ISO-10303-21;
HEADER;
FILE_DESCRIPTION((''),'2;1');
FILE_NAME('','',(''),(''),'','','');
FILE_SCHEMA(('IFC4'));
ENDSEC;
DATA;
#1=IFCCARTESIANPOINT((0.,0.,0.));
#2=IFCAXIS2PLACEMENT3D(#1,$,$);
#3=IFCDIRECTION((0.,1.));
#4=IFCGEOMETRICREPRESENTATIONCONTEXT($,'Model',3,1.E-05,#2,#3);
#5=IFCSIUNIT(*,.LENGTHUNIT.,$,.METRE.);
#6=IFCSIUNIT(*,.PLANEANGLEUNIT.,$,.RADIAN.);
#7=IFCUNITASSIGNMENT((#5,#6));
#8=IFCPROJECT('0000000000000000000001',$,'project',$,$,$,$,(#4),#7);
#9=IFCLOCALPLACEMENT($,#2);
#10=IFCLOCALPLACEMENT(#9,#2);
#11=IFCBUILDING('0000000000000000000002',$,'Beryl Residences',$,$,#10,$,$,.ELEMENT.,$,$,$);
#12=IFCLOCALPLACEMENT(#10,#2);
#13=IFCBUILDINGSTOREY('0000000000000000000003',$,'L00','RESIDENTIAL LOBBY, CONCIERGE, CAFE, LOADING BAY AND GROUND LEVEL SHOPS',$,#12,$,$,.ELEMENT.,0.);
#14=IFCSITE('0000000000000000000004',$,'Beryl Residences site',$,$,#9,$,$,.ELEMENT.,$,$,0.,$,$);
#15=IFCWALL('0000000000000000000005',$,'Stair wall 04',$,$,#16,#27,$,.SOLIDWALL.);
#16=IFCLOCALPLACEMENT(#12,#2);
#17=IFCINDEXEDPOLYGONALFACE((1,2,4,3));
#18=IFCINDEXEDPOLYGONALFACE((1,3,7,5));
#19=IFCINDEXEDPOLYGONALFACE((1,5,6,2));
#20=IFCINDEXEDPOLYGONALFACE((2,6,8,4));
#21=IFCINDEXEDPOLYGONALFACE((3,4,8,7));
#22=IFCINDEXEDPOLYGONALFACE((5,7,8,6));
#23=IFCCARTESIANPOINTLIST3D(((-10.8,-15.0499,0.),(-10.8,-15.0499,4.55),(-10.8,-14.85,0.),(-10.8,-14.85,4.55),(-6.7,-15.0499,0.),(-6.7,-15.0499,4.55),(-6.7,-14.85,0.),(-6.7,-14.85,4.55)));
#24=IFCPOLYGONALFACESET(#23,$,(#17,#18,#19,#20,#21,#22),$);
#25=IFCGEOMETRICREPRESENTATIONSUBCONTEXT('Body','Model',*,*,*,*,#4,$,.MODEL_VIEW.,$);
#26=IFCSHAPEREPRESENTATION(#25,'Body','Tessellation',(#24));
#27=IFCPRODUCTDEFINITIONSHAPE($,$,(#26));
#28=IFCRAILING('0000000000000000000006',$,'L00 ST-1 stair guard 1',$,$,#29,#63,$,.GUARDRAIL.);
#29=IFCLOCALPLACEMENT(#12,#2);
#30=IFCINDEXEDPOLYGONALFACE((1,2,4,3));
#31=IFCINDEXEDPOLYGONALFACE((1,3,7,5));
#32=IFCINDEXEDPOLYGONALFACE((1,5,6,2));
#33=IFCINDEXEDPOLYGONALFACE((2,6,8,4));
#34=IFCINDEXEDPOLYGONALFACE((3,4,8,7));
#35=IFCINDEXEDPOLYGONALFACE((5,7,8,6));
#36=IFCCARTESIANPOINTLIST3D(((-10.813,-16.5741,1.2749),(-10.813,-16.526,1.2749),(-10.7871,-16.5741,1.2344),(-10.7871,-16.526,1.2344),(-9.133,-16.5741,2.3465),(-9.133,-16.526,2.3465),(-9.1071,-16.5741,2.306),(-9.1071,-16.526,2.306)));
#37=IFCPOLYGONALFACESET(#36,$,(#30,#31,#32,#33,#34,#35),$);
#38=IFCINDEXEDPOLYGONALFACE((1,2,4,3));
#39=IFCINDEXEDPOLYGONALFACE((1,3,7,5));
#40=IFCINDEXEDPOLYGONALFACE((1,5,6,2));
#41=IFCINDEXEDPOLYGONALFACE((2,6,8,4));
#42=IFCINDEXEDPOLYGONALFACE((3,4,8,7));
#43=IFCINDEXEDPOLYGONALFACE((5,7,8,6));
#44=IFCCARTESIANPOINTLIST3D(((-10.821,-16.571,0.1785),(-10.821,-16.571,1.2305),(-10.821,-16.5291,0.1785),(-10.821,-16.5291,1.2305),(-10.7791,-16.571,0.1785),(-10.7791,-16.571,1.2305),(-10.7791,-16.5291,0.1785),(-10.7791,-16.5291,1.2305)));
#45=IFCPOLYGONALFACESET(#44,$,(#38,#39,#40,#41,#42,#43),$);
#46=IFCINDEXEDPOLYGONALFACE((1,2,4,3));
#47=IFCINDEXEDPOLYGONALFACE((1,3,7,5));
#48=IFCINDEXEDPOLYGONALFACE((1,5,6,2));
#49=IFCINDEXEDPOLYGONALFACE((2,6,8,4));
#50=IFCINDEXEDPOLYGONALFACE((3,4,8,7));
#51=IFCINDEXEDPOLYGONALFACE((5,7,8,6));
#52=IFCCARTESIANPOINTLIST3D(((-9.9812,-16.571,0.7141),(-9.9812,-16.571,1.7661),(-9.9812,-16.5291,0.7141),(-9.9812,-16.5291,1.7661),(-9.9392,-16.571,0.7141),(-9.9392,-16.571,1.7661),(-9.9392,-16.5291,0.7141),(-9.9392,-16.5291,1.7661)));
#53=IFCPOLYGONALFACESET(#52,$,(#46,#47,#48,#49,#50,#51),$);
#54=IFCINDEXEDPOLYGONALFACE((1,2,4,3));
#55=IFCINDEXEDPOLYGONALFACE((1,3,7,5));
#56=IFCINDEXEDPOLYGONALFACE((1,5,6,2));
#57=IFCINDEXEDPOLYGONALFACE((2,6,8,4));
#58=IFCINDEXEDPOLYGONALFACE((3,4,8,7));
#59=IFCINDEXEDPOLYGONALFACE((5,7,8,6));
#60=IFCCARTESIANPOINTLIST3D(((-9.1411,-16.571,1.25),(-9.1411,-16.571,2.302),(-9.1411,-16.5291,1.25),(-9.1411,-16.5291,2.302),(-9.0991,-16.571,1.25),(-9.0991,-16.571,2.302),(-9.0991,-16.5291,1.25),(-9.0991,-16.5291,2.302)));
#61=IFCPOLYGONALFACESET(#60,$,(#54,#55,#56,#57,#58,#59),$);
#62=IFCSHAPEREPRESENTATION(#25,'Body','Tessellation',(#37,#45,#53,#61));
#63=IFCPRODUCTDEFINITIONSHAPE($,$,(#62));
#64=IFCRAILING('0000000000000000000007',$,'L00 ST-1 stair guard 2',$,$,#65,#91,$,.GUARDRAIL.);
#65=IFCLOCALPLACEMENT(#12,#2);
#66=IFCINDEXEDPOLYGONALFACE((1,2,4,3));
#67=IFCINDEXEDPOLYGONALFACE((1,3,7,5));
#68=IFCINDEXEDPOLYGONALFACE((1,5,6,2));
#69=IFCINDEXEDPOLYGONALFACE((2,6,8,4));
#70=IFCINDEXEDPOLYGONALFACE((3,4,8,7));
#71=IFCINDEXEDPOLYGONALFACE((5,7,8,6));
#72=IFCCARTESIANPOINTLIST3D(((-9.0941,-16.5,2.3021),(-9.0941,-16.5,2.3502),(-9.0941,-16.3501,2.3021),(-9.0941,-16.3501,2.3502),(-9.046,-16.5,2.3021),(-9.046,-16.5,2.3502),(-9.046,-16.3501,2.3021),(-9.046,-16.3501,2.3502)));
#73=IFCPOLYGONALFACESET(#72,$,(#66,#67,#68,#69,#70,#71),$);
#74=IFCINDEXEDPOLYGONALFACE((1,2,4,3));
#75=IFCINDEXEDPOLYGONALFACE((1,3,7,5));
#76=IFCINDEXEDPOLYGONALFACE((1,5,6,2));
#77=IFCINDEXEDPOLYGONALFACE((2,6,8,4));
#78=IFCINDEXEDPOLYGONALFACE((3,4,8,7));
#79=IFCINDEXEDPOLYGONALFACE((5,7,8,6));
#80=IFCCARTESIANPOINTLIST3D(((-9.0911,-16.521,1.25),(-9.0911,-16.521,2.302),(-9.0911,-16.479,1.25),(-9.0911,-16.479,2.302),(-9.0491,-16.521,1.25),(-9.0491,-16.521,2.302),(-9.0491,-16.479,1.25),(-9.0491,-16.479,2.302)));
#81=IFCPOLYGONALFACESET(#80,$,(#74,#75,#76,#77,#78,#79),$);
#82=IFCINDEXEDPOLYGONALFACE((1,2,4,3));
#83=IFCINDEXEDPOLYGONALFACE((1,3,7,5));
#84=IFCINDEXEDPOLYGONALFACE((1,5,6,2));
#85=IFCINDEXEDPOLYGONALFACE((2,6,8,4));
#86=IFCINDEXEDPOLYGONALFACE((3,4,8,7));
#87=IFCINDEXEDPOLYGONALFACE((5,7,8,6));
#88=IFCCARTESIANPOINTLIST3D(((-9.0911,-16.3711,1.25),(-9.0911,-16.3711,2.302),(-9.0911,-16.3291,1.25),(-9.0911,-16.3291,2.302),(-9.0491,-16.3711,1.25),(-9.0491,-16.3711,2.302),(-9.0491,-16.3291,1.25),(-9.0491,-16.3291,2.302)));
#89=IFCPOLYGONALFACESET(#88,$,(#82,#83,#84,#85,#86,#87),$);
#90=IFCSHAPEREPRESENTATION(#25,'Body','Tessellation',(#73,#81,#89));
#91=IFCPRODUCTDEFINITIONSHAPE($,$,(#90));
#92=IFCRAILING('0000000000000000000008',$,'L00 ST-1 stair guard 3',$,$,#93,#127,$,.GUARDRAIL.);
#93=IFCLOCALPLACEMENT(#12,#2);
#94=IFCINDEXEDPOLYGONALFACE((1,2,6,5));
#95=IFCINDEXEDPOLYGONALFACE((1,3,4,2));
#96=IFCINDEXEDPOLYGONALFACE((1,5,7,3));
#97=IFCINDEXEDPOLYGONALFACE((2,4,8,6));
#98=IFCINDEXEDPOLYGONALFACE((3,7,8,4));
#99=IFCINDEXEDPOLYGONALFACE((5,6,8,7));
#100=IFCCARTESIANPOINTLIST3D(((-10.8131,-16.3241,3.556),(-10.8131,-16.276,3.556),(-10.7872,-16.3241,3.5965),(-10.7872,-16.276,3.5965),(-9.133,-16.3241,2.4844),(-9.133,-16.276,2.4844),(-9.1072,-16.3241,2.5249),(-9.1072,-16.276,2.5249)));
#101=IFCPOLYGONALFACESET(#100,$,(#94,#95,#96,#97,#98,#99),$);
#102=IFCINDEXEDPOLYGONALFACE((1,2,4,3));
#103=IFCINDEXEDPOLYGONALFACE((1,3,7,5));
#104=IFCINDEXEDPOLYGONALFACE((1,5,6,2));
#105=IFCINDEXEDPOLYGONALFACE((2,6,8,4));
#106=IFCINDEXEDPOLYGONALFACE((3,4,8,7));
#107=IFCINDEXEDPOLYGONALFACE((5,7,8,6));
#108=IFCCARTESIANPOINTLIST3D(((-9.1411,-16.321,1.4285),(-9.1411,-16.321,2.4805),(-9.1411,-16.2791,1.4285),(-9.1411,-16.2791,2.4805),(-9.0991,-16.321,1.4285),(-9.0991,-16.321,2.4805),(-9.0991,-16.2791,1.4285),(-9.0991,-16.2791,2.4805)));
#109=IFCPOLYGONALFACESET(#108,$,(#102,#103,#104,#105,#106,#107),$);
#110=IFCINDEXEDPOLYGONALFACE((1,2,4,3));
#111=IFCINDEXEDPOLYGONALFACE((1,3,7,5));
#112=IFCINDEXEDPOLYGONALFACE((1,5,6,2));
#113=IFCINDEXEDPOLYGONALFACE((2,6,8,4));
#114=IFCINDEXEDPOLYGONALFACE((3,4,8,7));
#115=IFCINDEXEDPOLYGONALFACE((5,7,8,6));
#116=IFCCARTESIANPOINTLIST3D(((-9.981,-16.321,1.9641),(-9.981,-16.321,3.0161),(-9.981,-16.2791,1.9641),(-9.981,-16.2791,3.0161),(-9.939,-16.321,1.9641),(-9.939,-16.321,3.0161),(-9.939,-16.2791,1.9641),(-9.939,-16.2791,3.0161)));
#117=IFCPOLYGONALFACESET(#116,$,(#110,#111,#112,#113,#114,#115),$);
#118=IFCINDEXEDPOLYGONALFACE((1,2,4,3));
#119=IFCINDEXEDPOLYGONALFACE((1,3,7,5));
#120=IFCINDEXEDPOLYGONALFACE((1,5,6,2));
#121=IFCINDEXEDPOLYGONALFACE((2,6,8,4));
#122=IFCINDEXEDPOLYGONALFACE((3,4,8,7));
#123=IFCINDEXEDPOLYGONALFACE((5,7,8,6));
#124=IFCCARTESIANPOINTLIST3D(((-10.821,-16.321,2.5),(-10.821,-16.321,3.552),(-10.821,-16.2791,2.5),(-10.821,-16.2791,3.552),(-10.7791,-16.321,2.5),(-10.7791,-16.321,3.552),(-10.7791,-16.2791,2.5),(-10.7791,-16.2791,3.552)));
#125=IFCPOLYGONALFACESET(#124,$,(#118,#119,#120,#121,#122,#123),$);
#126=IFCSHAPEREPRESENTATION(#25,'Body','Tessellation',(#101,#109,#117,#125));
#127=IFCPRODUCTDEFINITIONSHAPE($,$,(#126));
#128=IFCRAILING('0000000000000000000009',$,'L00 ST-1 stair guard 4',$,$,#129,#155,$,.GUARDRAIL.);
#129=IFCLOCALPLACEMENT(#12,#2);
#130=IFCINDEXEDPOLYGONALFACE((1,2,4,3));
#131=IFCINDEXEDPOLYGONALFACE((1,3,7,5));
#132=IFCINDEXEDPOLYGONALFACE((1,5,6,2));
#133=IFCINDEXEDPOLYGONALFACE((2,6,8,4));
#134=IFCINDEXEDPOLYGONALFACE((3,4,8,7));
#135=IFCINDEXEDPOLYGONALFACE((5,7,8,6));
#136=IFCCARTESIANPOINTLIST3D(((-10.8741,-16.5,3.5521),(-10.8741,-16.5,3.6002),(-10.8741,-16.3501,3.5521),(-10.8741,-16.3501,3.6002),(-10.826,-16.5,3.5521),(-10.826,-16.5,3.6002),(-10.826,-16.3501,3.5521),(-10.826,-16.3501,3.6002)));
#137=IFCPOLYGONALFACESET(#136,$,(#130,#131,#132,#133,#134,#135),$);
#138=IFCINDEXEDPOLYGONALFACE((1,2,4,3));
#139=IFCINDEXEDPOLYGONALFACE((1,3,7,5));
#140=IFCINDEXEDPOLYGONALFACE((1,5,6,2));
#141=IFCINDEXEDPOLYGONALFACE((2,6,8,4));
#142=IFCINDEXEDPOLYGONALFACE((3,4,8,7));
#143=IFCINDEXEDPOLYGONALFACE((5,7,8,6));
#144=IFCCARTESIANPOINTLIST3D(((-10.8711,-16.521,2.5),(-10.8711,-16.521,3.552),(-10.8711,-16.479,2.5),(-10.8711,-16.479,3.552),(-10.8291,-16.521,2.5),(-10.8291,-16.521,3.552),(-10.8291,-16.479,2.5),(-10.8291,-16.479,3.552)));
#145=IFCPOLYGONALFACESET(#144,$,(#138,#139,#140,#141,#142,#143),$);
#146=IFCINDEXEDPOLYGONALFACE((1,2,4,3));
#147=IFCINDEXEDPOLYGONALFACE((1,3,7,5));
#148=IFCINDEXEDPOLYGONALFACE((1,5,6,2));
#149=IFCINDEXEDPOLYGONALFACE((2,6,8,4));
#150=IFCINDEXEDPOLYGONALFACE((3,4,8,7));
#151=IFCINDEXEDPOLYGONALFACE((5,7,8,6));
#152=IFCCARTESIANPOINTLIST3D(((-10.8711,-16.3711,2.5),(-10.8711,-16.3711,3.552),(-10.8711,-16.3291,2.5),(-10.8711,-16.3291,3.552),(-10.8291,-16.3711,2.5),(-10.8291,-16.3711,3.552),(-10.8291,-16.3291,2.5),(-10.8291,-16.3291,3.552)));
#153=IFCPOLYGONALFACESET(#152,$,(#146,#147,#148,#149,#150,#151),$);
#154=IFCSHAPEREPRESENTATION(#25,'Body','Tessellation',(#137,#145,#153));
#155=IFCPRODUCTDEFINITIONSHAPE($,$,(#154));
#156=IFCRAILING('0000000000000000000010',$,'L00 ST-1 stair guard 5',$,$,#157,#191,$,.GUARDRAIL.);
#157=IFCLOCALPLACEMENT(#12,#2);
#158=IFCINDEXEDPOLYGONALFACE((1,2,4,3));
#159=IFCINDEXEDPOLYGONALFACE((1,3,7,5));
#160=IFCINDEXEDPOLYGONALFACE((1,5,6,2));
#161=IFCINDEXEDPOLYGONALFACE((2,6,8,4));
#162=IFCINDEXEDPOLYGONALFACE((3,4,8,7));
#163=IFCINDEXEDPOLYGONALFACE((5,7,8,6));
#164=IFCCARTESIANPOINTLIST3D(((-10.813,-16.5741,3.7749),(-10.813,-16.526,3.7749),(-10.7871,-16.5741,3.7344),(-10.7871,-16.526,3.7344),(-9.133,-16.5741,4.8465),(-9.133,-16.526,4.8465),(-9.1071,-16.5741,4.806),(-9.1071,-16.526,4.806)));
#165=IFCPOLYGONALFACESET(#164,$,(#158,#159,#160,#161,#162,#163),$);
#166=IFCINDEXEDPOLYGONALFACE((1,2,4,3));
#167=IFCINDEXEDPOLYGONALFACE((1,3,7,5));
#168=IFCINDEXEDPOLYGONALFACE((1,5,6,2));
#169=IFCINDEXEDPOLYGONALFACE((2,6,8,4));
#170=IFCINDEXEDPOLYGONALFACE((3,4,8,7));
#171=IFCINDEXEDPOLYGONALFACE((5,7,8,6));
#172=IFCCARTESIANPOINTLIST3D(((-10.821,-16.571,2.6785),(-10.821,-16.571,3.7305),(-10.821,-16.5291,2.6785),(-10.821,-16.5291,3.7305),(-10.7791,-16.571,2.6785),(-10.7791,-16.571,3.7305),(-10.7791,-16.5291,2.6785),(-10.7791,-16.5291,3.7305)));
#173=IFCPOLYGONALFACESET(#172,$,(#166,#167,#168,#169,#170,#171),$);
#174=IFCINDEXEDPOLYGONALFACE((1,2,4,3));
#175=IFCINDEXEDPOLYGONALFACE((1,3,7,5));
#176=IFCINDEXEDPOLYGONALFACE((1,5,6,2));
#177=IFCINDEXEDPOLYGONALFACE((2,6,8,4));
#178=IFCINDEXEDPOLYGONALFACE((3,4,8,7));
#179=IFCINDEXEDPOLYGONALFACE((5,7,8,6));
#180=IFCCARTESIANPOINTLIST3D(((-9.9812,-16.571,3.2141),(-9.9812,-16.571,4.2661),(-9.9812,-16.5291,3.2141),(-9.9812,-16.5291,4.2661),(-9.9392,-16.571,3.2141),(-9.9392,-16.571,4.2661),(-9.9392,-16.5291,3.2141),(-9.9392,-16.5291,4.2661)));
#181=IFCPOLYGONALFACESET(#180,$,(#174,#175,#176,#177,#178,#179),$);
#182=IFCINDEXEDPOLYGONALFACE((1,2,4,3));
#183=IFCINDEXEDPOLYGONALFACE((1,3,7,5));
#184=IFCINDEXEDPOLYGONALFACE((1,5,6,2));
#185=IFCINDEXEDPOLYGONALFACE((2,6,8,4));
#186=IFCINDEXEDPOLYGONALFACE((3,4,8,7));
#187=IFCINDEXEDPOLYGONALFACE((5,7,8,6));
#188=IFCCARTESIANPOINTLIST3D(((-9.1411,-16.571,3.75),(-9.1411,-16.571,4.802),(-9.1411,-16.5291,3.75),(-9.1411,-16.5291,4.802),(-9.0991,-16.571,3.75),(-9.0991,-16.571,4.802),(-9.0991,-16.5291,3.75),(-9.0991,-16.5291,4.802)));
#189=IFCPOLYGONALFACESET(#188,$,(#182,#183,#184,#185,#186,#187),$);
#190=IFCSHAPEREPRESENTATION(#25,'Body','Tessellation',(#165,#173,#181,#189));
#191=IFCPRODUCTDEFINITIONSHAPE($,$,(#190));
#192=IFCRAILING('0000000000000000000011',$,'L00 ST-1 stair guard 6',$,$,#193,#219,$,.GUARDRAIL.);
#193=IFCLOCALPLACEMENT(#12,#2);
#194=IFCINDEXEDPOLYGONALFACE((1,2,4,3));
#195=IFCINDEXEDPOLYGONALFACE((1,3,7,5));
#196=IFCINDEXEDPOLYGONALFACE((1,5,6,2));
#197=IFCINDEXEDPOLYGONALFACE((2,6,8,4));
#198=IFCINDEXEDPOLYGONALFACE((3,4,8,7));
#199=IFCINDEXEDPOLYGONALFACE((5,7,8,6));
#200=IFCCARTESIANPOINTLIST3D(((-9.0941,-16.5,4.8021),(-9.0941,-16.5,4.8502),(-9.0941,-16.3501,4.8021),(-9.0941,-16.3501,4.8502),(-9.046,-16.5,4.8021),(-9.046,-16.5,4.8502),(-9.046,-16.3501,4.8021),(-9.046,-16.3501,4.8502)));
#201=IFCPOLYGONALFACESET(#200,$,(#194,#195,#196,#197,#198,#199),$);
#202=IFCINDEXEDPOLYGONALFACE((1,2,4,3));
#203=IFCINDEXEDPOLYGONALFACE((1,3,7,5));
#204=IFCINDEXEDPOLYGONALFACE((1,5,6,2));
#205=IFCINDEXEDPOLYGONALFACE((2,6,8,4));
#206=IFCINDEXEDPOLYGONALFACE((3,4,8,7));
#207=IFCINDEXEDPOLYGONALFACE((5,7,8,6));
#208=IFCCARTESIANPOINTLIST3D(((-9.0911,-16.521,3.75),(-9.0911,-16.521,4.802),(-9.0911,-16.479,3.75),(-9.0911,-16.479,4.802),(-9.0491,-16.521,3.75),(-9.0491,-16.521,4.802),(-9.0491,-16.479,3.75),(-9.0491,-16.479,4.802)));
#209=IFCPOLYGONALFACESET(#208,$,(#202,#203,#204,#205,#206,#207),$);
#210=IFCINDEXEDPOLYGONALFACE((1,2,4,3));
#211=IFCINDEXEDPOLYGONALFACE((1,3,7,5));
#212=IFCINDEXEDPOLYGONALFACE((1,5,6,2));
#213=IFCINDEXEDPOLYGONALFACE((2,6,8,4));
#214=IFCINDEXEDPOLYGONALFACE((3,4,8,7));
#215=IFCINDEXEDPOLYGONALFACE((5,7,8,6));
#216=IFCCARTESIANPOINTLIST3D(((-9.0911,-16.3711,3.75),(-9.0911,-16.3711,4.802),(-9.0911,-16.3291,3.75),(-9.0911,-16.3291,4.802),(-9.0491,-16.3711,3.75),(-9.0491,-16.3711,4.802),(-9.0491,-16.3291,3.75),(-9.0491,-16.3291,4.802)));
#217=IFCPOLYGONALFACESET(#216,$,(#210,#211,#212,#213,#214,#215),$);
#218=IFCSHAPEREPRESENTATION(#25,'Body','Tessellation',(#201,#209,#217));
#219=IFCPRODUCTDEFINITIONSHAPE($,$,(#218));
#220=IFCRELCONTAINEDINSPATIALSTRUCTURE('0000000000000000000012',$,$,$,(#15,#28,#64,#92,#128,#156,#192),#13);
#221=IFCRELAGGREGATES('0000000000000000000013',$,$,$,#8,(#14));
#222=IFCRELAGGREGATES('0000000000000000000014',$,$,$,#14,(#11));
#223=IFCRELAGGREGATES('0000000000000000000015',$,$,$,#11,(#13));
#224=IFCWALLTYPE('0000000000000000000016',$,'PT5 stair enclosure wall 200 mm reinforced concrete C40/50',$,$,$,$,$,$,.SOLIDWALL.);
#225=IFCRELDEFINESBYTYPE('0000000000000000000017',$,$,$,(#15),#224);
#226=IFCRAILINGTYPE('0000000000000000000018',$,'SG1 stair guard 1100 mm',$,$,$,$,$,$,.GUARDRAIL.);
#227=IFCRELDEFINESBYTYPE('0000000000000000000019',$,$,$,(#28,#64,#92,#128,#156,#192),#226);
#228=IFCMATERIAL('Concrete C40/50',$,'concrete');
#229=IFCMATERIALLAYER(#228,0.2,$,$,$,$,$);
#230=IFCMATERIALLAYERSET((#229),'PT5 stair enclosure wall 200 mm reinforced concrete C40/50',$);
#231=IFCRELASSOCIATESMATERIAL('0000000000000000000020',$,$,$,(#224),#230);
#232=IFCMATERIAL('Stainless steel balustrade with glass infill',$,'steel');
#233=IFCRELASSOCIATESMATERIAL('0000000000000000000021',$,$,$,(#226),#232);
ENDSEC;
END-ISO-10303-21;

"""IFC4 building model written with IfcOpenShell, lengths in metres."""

from ifc_helpers import new_model, si_unit, direction, frame, frame_2d, origin, origin_2d, place, context, subcontext, project, spatial, rectangle, extrude, material, layer, layer_set, type_object, element, save


model = new_model("IFC4")

# Units and contexts
model_context = context("Model", 3, precision=1e-05, world=origin(), true_north=direction((0.0, 1.0)))
body_context = subcontext(model_context, "Body", "Model", "MODEL_VIEW")
ifc_project = project(units=[si_unit("LENGTHUNIT", "METRE"), si_unit("PLANEANGLEUNIT", "RADIAN")], contexts=[model_context])

# Site, building, storey
site_placement = place(None, origin())
site = spatial("IfcSite", under=ifc_project, at=site_placement, Name="Beryl Residences site", CompositionType="ELEMENT", RefElevation=0.0)
building_placement = place(site_placement, origin())
building = spatial("IfcBuilding", under=site, at=building_placement, Name="Beryl Residences", CompositionType="ELEMENT")
storey_placement = place(building_placement, origin())
storey = spatial("IfcBuildingStorey", under=building, at=storey_placement, Name="L00", Description="RESIDENTIAL LOBBY, CONCIERGE, CAFE, LOADING BAY AND GROUND LEVEL SHOPS", CompositionType="ELEMENT", Elevation=0.0)

# Wall
ifc_material_1 = material(Name="Concrete C40/50", Category="concrete")
ifc_layer = layer(ifc_material_1, 0.2)
ifc_layer_set = layer_set([ifc_layer], Name="PT5 stair enclosure wall 200 mm reinforced concrete C40/50")
wall_type = type_object("IfcWallType", Name="PT5 stair enclosure wall 200 mm reinforced concrete C40/50", PredefinedType="SOLIDWALL", material=ifc_layer_set)
wall_placement = place(storey_placement, frame((-10.8, -14.95, 0.0), z_axis=(0.0, 0.0, 1.0), x_axis=(1.0, 0.0, 0.0)))
element("IfcWall", 1, at=wall_placement, inside=storey, type_object=wall_type, Name="Stair wall 04", PredefinedType="SOLIDWALL", context=body_context, shape_type="SweptSolid", body=[
    extrude(rectangle(XDim=4.1001, YDim=0.2, at=frame_2d((2.05, 0.0))), origin(), (0.0, 0.0, 1.0), 4.55),
])

# Railings
ifc_material_2 = material(Name="Stainless steel balustrade with glass infill", Category="steel")
railing_type_1 = type_object("IfcRailingType", Name="SG1 stair guard 1100 mm", PredefinedType="GUARDRAIL", material=ifc_material_2)
railing_1_placement = place(storey_placement, frame((-10.8, -16.55, 0.1785)))
element("IfcRailing", 2, at=railing_1_placement, inside=storey, type_object=railing_type_1, Name="L00 ST-1 stair guard 1", PredefinedType="GUARDRAIL", context=body_context, shape_type="SweptSolid", body=[
    extrude(rectangle(XDim=0.0481, YDim=0.0481, at=origin_2d()), frame((0.0, 0.0, 1.0762), z_axis=(0.843096, 0.0, 0.537763), x_axis=(0.0, 1.0, 0.0)), (0.0, 0.0, 1.0), 1.9927),
    extrude(rectangle(XDim=0.042, YDim=0.042, at=origin_2d()), origin(), (0.0, 0.0, 1.0), 1.052),
    extrude(rectangle(XDim=0.042, YDim=0.042, at=origin_2d()), frame((0.8398, 0.0, 0.5356)), (0.0, 0.0, 1.0), 1.052),
    extrude(rectangle(XDim=0.042, YDim=0.042, at=origin_2d()), frame((1.6799, 0.0, 1.0715)), (0.0, 0.0, 1.0), 1.052),
])
railing_2_placement = place(storey_placement, frame((-9.0701, -16.5, 1.25)))
element("IfcRailing", 3, at=railing_2_placement, inside=storey, type_object=railing_type_1, Name="L00 ST-1 stair guard 2", PredefinedType="GUARDRAIL", context=body_context, shape_type="SweptSolid", body=[
    extrude(rectangle(XDim=0.0481, YDim=0.0481, at=origin_2d()), frame((0.0, 0.0, 1.0762), z_axis=(0.0, 1.0, 0.0), x_axis=(-1.0, 0.0, 0.0)), (0.0, 0.0, 1.0), 0.1499),
    extrude(rectangle(XDim=0.042, YDim=0.042, at=origin_2d()), origin(), (0.0, 0.0, 1.0), 1.052),
    extrude(rectangle(XDim=0.042, YDim=0.042, at=origin_2d()), frame((0.0, 0.1499, 0.0)), (0.0, 0.0, 1.0), 1.052),
])
railing_3_placement = place(storey_placement, frame((-9.1201, -16.3, 1.4285)))
element("IfcRailing", 4, at=railing_3_placement, inside=storey, type_object=railing_type_1, Name="L00 ST-1 stair guard 3", PredefinedType="GUARDRAIL", context=body_context, shape_type="SweptSolid", body=[
    extrude(rectangle(XDim=0.0481, YDim=0.0481, at=origin_2d()), frame((0.0, 0.0, 1.0762), z_axis=(-0.843096, 0.0, 0.537763), x_axis=(0.0, -1.0, 0.0)), (0.0, 0.0, 1.0), 1.9927),
    extrude(rectangle(XDim=0.042, YDim=0.042, at=origin_2d()), origin(), (0.0, 0.0, 1.0), 1.052),
    extrude(rectangle(XDim=0.042, YDim=0.042, at=origin_2d()), frame((-0.8398, 0.0, 0.5356)), (0.0, 0.0, 1.0), 1.052),
    extrude(rectangle(XDim=0.042, YDim=0.042, at=origin_2d()), frame((-1.6799, 0.0, 1.0715)), (0.0, 0.0, 1.0), 1.052),
])
railing_4_placement = place(storey_placement, frame((-10.8501, -16.5, 2.5)))
element("IfcRailing", 5, at=railing_4_placement, inside=storey, type_object=railing_type_1, Name="L00 ST-1 stair guard 4", PredefinedType="GUARDRAIL", context=body_context, shape_type="SweptSolid", body=[
    extrude(rectangle(XDim=0.0481, YDim=0.0481, at=origin_2d()), frame((0.0, 0.0, 1.0762), z_axis=(0.0, 1.0, 0.0), x_axis=(-1.0, 0.0, 0.0)), (0.0, 0.0, 1.0), 0.1499),
    extrude(rectangle(XDim=0.042, YDim=0.042, at=origin_2d()), origin(), (0.0, 0.0, 1.0), 1.052),
    extrude(rectangle(XDim=0.042, YDim=0.042, at=origin_2d()), frame((0.0, 0.1499, 0.0)), (0.0, 0.0, 1.0), 1.052),
])
railing_5_placement = place(storey_placement, frame((-10.8, -16.55, 2.6785)))
element("IfcRailing", 6, at=railing_5_placement, inside=storey, type_object=railing_type_1, Name="L00 ST-1 stair guard 5", PredefinedType="GUARDRAIL", context=body_context, shape_type="SweptSolid", body=[
    extrude(rectangle(XDim=0.0481, YDim=0.0481, at=origin_2d()), frame((0.0, 0.0, 1.0762), z_axis=(0.843096, 0.0, 0.537763), x_axis=(0.0, 1.0, 0.0)), (0.0, 0.0, 1.0), 1.9927),
    extrude(rectangle(XDim=0.042, YDim=0.042, at=origin_2d()), origin(), (0.0, 0.0, 1.0), 1.052),
    extrude(rectangle(XDim=0.042, YDim=0.042, at=origin_2d()), frame((0.8398, 0.0, 0.5356)), (0.0, 0.0, 1.0), 1.052),
    extrude(rectangle(XDim=0.042, YDim=0.042, at=origin_2d()), frame((1.6799, 0.0, 1.0715)), (0.0, 0.0, 1.0), 1.052),
])
railing_6_placement = place(storey_placement, frame((-9.0701, -16.5, 3.75)))
element("IfcRailing", 7, at=railing_6_placement, inside=storey, type_object=railing_type_1, Name="L00 ST-1 stair guard 6", PredefinedType="GUARDRAIL", context=body_context, shape_type="SweptSolid", body=[
    extrude(rectangle(XDim=0.0481, YDim=0.0481, at=origin_2d()), frame((0.0, 0.0, 1.0762), z_axis=(0.0, 1.0, 0.0), x_axis=(-1.0, 0.0, 0.0)), (0.0, 0.0, 1.0), 0.1499),
    extrude(rectangle(XDim=0.042, YDim=0.042, at=origin_2d()), origin(), (0.0, 0.0, 1.0), 1.052),
    extrude(rectangle(XDim=0.042, YDim=0.042, at=origin_2d()), frame((0.0, 0.1499, 0.0)), (0.0, 0.0, 1.0), 1.052),
])

save(model, "model.ifc")
